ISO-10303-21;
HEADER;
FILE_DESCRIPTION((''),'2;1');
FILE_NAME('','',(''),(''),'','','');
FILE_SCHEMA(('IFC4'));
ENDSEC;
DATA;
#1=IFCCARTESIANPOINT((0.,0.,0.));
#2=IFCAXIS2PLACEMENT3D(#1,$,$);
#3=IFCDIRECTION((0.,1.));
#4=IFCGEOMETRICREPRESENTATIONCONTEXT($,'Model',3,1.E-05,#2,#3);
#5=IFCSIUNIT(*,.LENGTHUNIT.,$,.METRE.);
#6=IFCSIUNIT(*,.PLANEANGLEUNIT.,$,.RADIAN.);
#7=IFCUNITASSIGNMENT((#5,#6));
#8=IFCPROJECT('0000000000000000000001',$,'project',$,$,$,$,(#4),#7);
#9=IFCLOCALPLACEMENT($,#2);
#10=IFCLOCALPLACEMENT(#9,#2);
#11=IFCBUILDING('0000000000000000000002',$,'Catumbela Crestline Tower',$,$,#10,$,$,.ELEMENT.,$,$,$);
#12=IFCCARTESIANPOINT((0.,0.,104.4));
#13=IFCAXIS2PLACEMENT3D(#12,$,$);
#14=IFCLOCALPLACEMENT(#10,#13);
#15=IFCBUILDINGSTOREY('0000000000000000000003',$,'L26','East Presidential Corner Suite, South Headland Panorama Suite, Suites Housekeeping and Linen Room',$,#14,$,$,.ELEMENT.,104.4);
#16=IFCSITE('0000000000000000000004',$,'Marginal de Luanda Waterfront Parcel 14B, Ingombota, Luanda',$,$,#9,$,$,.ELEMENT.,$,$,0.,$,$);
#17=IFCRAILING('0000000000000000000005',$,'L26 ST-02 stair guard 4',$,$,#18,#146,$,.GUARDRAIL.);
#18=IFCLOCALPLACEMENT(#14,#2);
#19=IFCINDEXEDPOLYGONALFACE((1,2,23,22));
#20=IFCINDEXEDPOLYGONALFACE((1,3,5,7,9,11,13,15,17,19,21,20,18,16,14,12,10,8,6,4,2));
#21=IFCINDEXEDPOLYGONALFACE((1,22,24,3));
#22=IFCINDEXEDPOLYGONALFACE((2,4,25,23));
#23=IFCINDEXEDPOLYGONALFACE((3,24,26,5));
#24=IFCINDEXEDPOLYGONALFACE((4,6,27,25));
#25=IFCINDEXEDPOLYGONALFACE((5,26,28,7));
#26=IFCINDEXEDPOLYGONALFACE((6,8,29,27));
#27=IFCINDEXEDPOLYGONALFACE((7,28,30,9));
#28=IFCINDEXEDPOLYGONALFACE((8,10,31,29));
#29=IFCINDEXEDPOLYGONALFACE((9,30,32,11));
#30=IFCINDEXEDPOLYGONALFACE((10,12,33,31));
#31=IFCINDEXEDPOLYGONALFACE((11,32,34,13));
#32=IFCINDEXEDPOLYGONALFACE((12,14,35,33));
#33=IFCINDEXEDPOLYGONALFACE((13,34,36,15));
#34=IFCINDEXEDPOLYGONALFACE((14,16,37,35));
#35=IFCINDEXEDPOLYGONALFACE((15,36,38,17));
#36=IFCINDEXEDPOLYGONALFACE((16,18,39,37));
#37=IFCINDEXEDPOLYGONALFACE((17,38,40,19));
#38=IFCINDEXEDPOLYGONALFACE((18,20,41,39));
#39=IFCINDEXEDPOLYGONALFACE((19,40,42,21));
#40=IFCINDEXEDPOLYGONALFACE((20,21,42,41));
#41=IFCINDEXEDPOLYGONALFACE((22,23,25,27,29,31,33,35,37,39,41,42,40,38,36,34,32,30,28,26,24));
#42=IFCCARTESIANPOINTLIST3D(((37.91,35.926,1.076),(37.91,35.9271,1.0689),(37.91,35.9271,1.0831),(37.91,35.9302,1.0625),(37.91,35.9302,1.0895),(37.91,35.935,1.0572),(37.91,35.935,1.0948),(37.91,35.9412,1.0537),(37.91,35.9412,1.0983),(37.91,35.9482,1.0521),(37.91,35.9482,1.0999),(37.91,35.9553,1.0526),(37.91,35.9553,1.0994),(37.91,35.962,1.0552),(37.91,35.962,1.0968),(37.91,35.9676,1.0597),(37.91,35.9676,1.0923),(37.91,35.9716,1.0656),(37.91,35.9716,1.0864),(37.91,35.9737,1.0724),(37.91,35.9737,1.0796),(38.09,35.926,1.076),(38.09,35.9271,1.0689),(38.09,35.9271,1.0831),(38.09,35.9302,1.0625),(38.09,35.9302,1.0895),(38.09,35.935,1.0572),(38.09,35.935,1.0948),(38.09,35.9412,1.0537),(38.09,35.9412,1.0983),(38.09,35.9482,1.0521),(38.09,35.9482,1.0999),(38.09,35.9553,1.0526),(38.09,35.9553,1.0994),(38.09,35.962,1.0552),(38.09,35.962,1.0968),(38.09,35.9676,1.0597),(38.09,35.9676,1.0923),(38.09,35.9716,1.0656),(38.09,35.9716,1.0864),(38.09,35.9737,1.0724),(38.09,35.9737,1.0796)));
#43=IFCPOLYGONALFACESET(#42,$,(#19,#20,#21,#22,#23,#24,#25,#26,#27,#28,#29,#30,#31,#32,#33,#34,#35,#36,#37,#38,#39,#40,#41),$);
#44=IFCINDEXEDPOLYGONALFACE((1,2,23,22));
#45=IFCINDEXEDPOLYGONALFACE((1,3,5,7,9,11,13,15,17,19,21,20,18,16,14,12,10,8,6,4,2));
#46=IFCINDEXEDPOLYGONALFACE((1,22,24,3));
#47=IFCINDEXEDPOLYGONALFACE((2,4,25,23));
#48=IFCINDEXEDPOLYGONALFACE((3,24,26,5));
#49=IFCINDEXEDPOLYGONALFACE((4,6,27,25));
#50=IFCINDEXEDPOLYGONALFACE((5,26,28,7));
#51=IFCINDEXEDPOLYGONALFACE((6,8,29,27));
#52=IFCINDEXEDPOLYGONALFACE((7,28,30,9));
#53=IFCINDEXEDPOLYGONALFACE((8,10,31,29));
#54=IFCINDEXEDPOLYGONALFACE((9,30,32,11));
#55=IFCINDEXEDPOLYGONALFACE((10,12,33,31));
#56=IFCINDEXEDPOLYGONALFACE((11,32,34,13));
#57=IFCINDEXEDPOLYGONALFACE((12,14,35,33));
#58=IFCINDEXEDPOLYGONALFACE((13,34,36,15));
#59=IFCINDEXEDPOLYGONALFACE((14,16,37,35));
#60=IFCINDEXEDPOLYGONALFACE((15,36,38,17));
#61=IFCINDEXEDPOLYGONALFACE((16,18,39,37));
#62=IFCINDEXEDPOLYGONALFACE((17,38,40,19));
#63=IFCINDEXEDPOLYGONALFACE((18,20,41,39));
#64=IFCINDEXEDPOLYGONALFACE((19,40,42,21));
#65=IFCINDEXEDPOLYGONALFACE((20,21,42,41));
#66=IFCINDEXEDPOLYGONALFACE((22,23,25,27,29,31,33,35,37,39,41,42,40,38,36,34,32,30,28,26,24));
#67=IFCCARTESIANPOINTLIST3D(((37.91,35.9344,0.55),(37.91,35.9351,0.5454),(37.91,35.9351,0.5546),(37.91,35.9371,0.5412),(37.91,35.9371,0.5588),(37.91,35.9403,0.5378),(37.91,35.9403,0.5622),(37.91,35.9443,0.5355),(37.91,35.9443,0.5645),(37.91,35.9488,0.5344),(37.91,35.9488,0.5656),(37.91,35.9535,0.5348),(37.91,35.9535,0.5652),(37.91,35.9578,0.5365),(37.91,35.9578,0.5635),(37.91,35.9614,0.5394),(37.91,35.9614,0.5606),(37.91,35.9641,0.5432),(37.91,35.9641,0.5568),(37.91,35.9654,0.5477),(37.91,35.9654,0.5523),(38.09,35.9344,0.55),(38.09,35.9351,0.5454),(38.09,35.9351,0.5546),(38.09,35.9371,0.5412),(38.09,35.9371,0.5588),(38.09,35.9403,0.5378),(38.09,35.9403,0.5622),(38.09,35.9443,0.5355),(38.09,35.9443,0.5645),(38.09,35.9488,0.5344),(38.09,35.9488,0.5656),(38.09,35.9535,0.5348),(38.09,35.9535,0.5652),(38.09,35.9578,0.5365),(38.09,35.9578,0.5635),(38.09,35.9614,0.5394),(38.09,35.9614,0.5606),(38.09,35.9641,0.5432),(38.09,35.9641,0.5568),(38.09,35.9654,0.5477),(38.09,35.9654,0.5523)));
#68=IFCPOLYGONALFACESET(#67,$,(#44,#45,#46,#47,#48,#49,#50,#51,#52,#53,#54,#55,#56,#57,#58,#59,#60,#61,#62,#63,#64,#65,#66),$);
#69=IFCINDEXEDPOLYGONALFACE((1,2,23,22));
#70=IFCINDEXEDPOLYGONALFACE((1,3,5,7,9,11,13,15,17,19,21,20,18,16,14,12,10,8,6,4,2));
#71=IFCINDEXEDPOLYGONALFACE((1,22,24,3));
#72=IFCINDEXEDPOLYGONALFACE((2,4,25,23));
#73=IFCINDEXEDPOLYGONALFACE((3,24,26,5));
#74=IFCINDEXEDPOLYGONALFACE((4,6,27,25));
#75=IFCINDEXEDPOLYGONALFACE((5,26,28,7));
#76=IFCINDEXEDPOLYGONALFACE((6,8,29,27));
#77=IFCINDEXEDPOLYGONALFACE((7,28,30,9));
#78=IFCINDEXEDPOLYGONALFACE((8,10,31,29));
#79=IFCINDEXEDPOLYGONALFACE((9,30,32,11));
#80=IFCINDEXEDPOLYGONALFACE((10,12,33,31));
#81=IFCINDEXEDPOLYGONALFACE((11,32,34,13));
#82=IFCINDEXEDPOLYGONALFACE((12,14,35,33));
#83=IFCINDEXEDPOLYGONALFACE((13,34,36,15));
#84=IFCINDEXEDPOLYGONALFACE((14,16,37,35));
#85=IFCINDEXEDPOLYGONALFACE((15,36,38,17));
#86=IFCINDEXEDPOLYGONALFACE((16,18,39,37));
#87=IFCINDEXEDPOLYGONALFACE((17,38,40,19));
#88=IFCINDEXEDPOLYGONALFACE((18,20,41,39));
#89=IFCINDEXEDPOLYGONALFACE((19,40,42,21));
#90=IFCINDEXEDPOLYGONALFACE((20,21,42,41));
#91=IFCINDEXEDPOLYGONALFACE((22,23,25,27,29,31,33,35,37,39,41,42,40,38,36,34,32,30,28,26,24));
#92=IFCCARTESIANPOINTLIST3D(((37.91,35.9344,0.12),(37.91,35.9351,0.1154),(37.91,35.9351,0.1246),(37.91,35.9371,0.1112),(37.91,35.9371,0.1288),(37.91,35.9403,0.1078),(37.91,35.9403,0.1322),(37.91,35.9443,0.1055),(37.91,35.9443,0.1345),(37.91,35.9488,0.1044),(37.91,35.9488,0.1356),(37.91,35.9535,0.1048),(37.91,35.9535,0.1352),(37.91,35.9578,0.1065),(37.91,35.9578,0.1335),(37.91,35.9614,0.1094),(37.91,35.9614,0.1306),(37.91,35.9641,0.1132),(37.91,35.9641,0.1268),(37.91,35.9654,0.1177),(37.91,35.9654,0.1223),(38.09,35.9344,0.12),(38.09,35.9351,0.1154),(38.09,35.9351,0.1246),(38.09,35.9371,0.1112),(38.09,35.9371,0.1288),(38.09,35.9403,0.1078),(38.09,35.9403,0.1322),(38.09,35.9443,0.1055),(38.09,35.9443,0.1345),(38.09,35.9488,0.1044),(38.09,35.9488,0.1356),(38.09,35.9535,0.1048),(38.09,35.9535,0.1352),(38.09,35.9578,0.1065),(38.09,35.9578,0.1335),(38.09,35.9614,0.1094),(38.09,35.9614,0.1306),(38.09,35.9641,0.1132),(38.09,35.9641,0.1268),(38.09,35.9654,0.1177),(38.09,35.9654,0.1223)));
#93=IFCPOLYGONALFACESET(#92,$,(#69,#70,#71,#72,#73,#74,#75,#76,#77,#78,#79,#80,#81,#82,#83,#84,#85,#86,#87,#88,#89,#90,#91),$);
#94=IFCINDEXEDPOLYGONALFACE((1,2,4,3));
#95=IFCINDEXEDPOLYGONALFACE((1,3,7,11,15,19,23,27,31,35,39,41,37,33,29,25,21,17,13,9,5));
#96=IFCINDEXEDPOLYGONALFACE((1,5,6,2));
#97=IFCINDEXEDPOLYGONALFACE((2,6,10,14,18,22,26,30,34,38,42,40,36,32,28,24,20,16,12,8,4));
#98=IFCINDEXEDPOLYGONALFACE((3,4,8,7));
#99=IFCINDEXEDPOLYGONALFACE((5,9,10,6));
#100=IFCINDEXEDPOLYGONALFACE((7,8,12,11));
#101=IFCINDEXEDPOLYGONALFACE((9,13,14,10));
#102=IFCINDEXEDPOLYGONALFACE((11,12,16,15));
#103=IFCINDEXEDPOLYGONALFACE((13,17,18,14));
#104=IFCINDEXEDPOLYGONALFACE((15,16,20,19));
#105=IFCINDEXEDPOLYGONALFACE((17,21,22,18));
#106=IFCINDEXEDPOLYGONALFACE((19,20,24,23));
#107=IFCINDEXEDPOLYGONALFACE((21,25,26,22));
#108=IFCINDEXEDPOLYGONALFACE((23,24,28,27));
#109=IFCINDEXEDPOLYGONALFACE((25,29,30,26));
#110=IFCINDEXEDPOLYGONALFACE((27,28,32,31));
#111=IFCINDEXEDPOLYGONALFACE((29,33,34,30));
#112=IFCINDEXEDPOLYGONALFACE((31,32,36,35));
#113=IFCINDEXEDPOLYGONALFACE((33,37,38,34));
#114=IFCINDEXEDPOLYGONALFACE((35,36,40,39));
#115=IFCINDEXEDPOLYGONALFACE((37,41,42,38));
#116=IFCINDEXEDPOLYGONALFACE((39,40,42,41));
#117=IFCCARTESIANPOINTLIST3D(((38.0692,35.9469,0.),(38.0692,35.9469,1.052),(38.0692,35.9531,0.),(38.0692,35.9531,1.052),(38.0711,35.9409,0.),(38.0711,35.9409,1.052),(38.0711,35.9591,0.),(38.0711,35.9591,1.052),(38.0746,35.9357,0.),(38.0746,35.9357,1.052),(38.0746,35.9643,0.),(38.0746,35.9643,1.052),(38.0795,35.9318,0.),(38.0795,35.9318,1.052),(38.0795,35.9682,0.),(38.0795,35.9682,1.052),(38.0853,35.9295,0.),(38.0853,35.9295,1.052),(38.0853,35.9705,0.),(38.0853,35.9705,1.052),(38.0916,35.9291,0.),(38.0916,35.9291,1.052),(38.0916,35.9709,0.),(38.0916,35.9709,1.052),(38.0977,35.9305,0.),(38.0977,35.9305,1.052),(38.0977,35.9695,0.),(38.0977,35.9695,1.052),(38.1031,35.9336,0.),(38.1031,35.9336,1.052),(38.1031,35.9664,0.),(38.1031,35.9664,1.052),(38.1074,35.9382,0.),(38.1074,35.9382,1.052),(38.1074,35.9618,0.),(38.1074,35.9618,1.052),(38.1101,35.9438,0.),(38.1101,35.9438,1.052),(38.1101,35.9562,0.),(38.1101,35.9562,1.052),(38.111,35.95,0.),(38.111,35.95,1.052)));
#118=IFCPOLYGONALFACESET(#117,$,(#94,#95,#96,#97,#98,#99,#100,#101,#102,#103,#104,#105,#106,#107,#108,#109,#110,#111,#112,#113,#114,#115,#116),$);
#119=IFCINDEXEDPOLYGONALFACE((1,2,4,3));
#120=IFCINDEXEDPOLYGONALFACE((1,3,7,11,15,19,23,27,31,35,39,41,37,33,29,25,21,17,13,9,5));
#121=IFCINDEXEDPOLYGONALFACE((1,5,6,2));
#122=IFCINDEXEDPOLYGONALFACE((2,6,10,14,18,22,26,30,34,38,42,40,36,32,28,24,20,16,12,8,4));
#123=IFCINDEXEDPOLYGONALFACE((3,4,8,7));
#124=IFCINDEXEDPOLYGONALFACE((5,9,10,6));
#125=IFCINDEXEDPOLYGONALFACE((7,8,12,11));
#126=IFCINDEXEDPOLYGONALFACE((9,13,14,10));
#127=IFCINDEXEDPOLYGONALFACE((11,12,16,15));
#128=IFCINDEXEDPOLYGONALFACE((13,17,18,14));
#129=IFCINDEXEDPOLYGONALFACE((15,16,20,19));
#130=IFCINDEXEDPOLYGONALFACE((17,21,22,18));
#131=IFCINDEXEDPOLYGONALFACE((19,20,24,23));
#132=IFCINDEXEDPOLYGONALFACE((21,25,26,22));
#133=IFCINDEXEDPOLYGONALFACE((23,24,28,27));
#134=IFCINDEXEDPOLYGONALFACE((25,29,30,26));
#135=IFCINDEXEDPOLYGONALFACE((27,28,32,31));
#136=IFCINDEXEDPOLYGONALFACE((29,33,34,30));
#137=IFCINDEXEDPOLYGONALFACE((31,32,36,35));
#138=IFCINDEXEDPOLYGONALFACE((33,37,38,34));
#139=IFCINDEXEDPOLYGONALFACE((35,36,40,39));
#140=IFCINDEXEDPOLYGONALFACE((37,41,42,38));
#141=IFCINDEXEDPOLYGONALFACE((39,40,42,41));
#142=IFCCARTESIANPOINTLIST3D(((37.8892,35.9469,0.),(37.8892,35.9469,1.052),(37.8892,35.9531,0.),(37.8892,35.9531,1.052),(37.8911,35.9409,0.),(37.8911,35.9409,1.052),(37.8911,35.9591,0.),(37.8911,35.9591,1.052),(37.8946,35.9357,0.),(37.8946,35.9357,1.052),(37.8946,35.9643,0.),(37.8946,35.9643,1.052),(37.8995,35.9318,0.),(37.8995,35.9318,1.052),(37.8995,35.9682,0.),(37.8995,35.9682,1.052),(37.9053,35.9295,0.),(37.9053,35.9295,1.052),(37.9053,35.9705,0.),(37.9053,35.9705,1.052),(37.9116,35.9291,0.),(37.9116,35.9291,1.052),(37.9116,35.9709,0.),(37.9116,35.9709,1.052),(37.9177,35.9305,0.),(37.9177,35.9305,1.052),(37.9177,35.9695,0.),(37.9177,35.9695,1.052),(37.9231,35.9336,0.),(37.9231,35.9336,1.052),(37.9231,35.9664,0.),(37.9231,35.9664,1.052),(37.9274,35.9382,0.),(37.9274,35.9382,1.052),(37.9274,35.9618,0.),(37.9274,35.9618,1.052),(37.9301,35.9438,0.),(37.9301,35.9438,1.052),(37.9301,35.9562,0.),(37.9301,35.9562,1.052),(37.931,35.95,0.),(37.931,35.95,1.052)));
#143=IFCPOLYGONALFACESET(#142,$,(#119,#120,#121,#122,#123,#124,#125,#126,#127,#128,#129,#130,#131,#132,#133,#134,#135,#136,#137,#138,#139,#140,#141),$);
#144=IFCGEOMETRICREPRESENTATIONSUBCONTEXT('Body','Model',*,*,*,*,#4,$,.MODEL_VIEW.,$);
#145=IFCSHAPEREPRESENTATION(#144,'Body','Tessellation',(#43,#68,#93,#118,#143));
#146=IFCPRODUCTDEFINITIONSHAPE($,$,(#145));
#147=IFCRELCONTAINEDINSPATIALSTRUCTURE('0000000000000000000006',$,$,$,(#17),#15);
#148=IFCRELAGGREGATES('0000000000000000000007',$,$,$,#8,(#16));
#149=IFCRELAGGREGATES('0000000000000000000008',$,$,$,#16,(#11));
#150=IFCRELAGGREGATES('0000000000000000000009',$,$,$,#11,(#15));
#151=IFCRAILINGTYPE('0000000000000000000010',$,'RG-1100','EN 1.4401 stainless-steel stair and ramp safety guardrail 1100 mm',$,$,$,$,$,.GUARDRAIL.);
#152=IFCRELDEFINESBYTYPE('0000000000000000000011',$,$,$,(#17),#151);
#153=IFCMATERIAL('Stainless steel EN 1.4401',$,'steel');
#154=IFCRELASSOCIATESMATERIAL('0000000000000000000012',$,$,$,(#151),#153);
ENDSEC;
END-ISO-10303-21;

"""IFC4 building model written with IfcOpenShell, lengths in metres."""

from ifc_helpers import new_model, si_unit, direction, frame, origin, origin_2d, place, context, subcontext, project, spatial, circle, extrude, material, type_object, element, save


model = new_model("IFC4")

# Units and contexts
model_context = context("Model", 3, precision=1e-05, world=origin(), true_north=direction((0.0, 1.0)))
body_context = subcontext(model_context, "Body", "Model", "MODEL_VIEW")
ifc_project = project(units=[si_unit("LENGTHUNIT", "METRE"), si_unit("PLANEANGLEUNIT", "RADIAN")], contexts=[model_context])

# Site, building, storey
site_placement = place(None, origin())
site = spatial("IfcSite", under=ifc_project, at=site_placement, Name="Marginal de Luanda Waterfront Parcel 14B, Ingombota, Luanda", CompositionType="ELEMENT", RefElevation=0.0)
building_placement = place(site_placement, origin())
building = spatial("IfcBuilding", under=site, at=building_placement, Name="Catumbela Crestline Tower", CompositionType="ELEMENT")
storey_placement = place(building_placement, frame((0.0, 0.0, 104.4)))
storey = spatial("IfcBuildingStorey", under=building, at=storey_placement, Name="L26", Description="East Presidential Corner Suite, South Headland Panorama Suite, Suites Housekeeping and Linen Room", CompositionType="ELEMENT", Elevation=104.4)

# Shared definitions
ifc_material_1 = material(Name="Stainless steel EN 1.4401", Category="steel")

# Railing
railing_type_1 = type_object("IfcRailingType", Name="RG-1100", Description="EN 1.4401 stainless-steel stair and ramp safety guardrail 1100 mm", PredefinedType="GUARDRAIL", material=ifc_material_1)
railing_1_placement = place(storey_placement, frame((38.09, 35.95, 0.0)))
element("IfcRailing", 1, at=railing_1_placement, inside=storey, type_object=railing_type_1, Name="L26 ST-02 stair guard 4", PredefinedType="GUARDRAIL", context=body_context, shape_type="SweptSolid", body=[
    extrude(circle(Radius=0.024, at=origin_2d()), frame((0.0, 0.0, 1.076), z_axis=(-1.0, 0.0, 0.0), x_axis=(0.0, -1.0, 0.0)), (0.0, 0.0, 1.0), 0.18),
    extrude(circle(Radius=0.0156, at=origin_2d()), frame((0.0, 0.0, 0.55), z_axis=(-1.0, 0.0, 0.0), x_axis=(0.0, -1.0, 0.0)), (0.0, 0.0, 1.0), 0.18),
    extrude(circle(Radius=0.0156, at=origin_2d()), frame((0.0, 0.0, 0.12), z_axis=(-1.0, 0.0, 0.0), x_axis=(0.0, -1.0, 0.0)), (0.0, 0.0, 1.0), 0.18),
    extrude(circle(Radius=0.021, at=origin_2d()), origin(), (0.0, 0.0, 1.0), 1.052),
    extrude(circle(Radius=0.021, at=origin_2d()), frame((-0.18, 0.0, 0.0)), (0.0, 0.0, 1.0), 1.052),
])

save(model, "model.ifc")
